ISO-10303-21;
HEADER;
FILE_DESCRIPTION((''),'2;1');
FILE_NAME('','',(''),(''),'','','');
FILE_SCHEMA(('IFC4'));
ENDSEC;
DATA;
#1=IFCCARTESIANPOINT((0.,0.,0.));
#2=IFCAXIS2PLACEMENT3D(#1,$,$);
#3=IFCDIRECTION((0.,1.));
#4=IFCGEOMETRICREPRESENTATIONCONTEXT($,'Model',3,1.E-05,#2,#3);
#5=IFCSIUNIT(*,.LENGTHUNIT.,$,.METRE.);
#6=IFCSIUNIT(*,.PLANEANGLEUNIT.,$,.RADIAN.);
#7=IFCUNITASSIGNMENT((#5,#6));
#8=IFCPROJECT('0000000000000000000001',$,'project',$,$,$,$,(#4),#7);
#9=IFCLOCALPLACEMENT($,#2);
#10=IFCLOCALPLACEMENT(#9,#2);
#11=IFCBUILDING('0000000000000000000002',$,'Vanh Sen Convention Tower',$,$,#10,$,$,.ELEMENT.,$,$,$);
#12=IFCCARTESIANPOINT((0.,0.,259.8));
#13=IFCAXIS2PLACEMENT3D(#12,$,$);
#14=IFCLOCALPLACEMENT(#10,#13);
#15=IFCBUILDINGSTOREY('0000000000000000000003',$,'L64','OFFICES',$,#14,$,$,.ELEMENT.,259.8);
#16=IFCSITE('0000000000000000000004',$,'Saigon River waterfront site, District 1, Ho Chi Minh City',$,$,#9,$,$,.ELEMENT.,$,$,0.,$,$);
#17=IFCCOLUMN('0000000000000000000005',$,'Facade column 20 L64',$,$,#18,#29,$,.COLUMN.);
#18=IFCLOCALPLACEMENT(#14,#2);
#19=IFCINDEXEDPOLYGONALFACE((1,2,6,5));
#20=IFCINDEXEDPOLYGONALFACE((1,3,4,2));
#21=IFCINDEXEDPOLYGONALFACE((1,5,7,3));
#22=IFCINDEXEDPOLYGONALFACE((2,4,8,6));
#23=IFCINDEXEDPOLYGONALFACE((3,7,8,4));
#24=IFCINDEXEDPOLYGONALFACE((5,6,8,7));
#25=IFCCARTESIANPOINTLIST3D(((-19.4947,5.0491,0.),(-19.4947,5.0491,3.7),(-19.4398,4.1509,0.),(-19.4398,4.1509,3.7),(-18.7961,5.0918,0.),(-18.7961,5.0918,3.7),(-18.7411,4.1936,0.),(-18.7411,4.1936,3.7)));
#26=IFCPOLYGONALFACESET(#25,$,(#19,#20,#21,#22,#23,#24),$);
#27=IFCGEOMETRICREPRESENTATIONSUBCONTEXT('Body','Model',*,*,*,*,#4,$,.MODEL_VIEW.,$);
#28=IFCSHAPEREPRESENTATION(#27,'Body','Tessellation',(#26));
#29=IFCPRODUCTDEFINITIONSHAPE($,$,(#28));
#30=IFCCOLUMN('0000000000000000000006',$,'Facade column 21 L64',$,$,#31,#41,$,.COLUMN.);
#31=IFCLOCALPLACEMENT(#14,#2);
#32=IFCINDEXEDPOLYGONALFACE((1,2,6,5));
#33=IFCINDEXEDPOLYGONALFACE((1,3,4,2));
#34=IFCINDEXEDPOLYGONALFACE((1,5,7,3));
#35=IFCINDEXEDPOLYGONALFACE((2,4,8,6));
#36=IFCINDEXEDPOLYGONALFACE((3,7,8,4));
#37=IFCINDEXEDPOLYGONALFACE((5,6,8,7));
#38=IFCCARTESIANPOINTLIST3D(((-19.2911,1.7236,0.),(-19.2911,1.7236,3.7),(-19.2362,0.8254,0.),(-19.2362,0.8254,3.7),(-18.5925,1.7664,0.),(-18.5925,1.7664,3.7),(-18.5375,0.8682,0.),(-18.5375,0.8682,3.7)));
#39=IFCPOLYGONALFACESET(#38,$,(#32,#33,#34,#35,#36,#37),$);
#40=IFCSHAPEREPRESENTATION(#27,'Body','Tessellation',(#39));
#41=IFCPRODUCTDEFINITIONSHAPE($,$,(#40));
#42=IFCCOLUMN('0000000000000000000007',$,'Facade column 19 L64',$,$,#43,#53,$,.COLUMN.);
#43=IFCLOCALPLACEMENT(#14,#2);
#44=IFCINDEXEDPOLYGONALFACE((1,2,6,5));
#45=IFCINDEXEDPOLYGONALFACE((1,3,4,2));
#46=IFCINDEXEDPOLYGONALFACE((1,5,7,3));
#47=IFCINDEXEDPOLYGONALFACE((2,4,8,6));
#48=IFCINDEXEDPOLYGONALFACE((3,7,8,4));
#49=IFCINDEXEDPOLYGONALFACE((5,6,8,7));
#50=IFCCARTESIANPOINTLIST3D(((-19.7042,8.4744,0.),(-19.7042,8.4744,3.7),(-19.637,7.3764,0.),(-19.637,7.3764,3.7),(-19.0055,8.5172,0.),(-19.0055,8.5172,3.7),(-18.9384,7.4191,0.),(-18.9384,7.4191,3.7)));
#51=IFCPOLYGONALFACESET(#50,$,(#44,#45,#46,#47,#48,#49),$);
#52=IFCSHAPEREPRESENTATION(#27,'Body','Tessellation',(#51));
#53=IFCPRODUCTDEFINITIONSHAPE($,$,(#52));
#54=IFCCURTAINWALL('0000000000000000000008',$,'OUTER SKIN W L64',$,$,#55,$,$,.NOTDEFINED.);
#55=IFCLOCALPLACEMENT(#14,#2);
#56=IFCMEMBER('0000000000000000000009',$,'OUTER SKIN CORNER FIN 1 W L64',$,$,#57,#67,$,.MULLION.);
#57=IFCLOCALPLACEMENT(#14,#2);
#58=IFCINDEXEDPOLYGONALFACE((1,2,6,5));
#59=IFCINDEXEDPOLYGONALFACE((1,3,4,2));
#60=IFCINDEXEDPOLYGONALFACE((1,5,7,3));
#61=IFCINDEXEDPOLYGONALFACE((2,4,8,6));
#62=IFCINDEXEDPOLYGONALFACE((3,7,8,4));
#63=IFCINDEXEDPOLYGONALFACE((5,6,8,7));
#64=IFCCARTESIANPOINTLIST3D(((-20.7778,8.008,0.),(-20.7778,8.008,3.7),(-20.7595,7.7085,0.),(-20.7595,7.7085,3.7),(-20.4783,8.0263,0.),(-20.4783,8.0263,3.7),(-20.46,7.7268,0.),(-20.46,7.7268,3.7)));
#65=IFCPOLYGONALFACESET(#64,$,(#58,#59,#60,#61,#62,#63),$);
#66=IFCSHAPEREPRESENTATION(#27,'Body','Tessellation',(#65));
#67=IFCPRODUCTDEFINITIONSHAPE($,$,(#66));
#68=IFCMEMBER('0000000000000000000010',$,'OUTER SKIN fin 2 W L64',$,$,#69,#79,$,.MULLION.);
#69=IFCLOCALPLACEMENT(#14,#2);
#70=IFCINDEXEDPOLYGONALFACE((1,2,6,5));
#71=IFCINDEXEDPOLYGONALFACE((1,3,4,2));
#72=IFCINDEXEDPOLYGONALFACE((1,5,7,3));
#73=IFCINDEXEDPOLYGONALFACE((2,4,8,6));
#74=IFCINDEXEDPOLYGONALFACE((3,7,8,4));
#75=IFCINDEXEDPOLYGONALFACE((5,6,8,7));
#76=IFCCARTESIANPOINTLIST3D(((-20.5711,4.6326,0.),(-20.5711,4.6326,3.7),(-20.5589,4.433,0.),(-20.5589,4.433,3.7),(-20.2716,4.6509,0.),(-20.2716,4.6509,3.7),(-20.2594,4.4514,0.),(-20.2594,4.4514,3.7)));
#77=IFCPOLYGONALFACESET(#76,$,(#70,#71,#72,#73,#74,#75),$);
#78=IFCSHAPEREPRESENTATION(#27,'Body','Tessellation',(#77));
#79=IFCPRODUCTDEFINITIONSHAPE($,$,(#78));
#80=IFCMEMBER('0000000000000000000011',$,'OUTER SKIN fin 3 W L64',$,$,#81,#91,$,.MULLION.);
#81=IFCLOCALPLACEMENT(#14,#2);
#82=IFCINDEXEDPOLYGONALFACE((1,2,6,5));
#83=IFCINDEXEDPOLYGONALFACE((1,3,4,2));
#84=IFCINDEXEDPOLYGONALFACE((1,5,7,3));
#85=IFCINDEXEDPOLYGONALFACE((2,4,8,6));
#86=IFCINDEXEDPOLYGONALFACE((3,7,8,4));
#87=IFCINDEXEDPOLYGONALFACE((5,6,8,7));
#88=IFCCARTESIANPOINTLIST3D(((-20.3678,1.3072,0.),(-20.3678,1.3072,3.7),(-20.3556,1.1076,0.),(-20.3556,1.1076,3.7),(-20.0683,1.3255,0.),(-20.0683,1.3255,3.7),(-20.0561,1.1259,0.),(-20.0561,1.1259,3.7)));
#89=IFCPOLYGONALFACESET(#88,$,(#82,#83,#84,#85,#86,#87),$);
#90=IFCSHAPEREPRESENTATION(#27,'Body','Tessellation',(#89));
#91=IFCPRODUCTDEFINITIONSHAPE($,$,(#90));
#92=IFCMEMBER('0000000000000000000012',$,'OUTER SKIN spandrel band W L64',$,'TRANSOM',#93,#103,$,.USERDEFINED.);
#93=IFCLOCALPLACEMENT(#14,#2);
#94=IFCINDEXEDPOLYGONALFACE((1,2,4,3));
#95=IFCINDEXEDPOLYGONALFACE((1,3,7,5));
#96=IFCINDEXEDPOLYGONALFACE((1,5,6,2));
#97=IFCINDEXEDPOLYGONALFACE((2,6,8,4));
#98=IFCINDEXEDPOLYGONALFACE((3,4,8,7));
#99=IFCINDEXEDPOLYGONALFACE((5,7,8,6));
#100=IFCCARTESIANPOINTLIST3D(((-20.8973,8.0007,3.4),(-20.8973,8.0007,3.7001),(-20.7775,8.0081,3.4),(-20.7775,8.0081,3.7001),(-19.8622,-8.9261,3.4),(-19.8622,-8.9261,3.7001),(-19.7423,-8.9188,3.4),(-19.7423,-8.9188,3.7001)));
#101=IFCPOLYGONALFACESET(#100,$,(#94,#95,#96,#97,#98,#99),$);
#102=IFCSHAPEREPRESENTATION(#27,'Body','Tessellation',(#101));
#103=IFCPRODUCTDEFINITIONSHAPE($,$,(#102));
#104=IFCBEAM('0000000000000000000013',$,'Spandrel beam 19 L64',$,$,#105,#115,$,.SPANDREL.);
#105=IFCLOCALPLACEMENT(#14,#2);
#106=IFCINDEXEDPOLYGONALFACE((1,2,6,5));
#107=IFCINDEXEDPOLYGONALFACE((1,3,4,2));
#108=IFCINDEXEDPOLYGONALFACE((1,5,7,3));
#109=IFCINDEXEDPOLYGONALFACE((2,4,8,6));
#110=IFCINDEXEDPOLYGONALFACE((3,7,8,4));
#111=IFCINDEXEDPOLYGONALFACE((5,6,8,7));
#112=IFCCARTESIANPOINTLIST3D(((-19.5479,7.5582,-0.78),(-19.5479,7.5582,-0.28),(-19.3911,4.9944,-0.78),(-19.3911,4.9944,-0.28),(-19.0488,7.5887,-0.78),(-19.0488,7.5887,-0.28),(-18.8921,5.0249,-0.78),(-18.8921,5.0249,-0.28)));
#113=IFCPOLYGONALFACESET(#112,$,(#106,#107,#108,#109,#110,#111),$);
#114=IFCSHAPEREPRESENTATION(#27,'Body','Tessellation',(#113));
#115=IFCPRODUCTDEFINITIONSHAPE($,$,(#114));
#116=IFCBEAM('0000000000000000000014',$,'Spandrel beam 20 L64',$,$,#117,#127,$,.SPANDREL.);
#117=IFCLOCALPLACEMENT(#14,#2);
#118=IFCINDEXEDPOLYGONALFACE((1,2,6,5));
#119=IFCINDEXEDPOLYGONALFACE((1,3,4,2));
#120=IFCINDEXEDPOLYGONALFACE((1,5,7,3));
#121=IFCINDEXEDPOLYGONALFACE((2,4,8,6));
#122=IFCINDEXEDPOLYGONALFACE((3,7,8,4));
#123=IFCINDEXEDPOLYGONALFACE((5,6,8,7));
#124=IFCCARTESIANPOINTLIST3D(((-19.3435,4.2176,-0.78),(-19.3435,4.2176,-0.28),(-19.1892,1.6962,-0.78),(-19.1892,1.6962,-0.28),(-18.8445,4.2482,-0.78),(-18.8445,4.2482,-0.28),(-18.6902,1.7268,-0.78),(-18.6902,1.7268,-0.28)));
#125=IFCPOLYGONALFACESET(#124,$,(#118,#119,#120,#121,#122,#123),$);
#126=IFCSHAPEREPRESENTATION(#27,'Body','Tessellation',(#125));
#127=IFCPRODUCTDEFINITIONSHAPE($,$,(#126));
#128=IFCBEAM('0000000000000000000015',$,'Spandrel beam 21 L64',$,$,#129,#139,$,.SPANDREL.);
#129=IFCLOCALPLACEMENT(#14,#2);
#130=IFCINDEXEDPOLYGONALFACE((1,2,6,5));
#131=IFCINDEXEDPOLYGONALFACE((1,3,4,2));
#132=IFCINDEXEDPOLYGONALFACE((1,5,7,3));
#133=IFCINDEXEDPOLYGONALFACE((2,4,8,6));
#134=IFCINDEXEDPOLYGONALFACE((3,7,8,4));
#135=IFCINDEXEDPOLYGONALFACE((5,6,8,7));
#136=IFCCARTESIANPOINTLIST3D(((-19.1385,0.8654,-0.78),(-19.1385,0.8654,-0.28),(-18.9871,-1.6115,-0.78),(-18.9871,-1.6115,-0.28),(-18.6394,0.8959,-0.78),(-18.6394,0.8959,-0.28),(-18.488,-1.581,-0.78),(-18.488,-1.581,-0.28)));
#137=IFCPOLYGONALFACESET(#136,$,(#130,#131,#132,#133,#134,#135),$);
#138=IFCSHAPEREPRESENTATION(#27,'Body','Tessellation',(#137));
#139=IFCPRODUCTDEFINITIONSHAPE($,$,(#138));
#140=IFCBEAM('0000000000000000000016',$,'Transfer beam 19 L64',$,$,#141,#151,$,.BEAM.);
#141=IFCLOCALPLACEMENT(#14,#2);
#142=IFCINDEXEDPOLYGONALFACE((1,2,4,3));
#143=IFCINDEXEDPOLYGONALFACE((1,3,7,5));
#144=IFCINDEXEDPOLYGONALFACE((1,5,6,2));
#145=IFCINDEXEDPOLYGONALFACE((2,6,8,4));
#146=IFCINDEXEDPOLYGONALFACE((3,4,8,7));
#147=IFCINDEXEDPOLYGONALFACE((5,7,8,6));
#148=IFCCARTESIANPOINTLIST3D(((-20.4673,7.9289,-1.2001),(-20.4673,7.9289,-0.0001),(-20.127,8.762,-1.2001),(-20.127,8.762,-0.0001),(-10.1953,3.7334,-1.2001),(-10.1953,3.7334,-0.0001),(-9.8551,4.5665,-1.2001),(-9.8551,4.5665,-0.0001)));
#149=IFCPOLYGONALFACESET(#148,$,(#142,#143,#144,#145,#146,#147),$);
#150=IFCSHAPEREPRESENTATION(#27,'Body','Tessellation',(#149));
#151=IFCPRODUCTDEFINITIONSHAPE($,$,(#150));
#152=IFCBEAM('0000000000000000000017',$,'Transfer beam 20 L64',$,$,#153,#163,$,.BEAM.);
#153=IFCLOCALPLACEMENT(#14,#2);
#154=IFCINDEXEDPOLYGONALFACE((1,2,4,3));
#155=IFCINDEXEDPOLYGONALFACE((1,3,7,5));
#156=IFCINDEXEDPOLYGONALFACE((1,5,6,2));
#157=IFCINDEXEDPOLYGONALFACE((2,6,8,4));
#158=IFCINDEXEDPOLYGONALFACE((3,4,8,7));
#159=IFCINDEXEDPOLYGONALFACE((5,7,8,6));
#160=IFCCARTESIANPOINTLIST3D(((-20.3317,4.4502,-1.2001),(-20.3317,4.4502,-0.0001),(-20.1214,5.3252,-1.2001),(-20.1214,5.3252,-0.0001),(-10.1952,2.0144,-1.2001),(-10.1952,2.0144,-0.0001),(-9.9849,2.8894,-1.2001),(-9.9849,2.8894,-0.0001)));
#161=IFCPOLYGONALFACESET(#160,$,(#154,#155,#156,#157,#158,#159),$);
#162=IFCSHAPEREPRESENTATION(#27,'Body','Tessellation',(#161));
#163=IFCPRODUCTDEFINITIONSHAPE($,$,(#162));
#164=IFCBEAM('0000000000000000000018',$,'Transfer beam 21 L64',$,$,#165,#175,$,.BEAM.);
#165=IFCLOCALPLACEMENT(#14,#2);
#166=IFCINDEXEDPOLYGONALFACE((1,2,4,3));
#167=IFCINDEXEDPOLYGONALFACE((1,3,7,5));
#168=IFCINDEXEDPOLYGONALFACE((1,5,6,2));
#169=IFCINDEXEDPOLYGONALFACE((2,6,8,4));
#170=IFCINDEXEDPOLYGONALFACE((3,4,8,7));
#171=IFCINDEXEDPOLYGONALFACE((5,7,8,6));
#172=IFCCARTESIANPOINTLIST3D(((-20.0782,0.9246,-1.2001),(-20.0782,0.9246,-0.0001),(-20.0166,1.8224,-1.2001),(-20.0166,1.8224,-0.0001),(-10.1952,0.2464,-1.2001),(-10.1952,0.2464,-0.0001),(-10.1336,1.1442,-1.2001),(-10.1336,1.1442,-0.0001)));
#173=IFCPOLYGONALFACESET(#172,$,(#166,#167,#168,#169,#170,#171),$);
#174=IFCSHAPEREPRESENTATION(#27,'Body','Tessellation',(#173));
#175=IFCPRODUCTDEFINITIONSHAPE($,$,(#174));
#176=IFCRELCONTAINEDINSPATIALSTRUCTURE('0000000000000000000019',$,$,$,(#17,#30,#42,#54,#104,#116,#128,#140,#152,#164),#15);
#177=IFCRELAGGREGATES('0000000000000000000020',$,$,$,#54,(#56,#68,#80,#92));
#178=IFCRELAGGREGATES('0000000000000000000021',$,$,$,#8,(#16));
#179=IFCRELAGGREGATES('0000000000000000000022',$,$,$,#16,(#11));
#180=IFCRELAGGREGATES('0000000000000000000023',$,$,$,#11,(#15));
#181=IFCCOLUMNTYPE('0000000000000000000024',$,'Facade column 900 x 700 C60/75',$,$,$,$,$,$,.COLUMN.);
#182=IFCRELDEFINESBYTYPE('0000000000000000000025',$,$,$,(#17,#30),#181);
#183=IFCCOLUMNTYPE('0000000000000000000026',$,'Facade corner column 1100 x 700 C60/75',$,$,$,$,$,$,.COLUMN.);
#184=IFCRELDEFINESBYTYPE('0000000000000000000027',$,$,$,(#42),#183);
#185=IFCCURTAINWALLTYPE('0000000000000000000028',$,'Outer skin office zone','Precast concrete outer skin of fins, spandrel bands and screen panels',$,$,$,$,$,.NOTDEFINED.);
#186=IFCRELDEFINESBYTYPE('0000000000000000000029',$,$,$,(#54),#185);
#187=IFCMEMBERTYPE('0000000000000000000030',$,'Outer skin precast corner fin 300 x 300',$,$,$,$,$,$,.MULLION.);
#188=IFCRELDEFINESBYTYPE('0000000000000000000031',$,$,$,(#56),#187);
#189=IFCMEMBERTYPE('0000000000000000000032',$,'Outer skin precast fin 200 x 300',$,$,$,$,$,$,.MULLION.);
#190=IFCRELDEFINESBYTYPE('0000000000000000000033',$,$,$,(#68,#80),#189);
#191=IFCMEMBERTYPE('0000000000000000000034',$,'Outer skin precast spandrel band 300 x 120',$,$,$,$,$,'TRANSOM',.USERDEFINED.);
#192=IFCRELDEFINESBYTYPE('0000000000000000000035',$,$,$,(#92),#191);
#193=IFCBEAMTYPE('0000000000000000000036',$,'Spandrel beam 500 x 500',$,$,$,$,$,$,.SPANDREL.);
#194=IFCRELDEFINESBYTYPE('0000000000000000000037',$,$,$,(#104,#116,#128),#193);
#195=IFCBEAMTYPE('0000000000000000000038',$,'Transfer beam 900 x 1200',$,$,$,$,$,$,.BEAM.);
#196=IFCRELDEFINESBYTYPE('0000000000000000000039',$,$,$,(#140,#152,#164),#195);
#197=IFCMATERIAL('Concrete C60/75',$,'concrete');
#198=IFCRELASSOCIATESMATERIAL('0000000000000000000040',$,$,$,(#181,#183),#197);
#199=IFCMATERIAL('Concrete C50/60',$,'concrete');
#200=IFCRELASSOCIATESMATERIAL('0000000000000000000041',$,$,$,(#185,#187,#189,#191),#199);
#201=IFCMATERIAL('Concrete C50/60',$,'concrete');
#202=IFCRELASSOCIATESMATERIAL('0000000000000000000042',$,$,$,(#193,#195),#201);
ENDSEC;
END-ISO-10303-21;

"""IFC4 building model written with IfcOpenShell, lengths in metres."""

from ifc_helpers import new_model, si_unit, direction, frame, origin, origin_2d, place, context, subcontext, project, spatial, rectangle, extrude, material, material_profile, profile_set, type_object, element, aggregate, save


model = new_model("IFC4")

# Units and contexts
model_context = context("Model", 3, precision=1e-05, world=origin(), true_north=direction((0.0, 1.0)))
body_context = subcontext(model_context, "Body", "Model", "MODEL_VIEW")
ifc_project = project(units=[si_unit("LENGTHUNIT", "METRE"), si_unit("PLANEANGLEUNIT", "RADIAN")], contexts=[model_context])

# Site, building, storey
site_placement = place(None, origin())
site = spatial("IfcSite", under=ifc_project, at=site_placement, Name="Saigon River waterfront site, District 1, Ho Chi Minh City", CompositionType="ELEMENT", RefElevation=0.0)
building_placement = place(site_placement, origin())
building = spatial("IfcBuilding", under=site, at=building_placement, Name="Vanh Sen Convention Tower", CompositionType="ELEMENT")
storey_placement = place(building_placement, frame((0.0, 0.0, 259.8)))
storey = spatial("IfcBuildingStorey", under=building, at=storey_placement, Name="L64", Description="OFFICES", CompositionType="ELEMENT", Elevation=259.8)

# Columns
ifc_material_1 = material(Name="Concrete C60/75", Category="concrete")
ifc_material_profile_1 = material_profile(ifc_material_1, rectangle(XDim=0.8999, YDim=0.7, at=origin_2d()), Name="RC 900X700")
ifc_profile_set_1 = profile_set([ifc_material_profile_1], Name="Concrete C60/75")
column_type_1 = type_object("IfcColumnType", Name="Facade column 900 x 700 C60/75", PredefinedType="COLUMN", material=ifc_profile_set_1)
for number, where, z_axis, x_axis, name in (
    (1, (-19.1179, 4.6213, 0.0), (0.0, 0.0, 1.0), (0.061049, -0.998135, 0.0), "Facade column 20 L64"),
    (2, (-18.9143, 1.2959, 0.0), (0.0, 0.0, 1.0), (0.061049, -0.998135, 0.0), "Facade column 21 L64"),
):
    element("IfcColumn", number, at=place(storey_placement, frame(where, z_axis=z_axis, x_axis=x_axis)), inside=storey, type_object=column_type_1, Name=name, PredefinedType="COLUMN", context=body_context, shape_type="SweptSolid", body=[
        extrude(rectangle(XDim=0.8999, YDim=0.7, at=origin_2d()), origin(), (0.0, 0.0, 1.0), 3.7),
    ])
ifc_material_profile_2 = material_profile(ifc_material_1, rectangle(XDim=1.1001, YDim=0.7, at=origin_2d()), Name="RC 1100X700")
ifc_profile_set_2 = profile_set([ifc_material_profile_2], Name="Concrete C60/75")
column_type_2 = type_object("IfcColumnType", Name="Facade corner column 1100 x 700 C60/75", PredefinedType="COLUMN", material=ifc_profile_set_2)
column_placement = place(storey_placement, frame((-19.3213, 7.9468, 0.0), z_axis=(0.0, 0.0, 1.0), x_axis=(0.061049, -0.998135, 0.0)))
element("IfcColumn", 3, at=column_placement, inside=storey, type_object=column_type_2, Name="Facade column 19 L64", PredefinedType="COLUMN", context=body_context, shape_type="SweptSolid", body=[
    extrude(rectangle(XDim=1.1001, YDim=0.7, at=origin_2d()), origin(), (0.0, 0.0, 1.0), 3.7),
])

# Curtain wall, members
ifc_material_2 = material(Name="Concrete C50/60", Category="concrete")
curtain_wall_type = type_object("IfcCurtainWallType", Name="Outer skin office zone", Description="Precast concrete outer skin of fins, spandrel bands and screen panels", PredefinedType="NOTDEFINED", material=ifc_material_2)
curtain_wall_placement = place(storey_placement, origin())
curtain_wall = element("IfcCurtainWall", 4, at=curtain_wall_placement, inside=storey, type_object=curtain_wall_type, Name="OUTER SKIN W L64", PredefinedType="NOTDEFINED")
ifc_material_profile_3 = material_profile(ifc_material_2, rectangle(XDim=0.3, YDim=0.3, at=origin_2d()), Name="Outer skin precast corner fin 300 x 300")
ifc_profile_set_3 = profile_set([ifc_material_profile_3], Name="Concrete C50/60")
member_type_1 = type_object("IfcMemberType", Name="Outer skin precast corner fin 300 x 300", PredefinedType="MULLION", material=ifc_profile_set_3)
member_1_placement = place(storey_placement, frame((-20.6189, 7.8674, 0.0), z_axis=(0.0, 0.0, 1.0), x_axis=(0.061049, -0.998135, 0.0)))
member_1 = element("IfcMember", 5, at=member_1_placement, type_object=member_type_1, Name="OUTER SKIN CORNER FIN 1 W L64", PredefinedType="MULLION", context=body_context, shape_type="SweptSolid", body=[
    extrude(rectangle(XDim=0.3, YDim=0.3, at=origin_2d()), origin(), (0.0, 0.0, 1.0), 3.7),
])
ifc_material_profile_4 = material_profile(ifc_material_2, rectangle(XDim=0.2, YDim=0.3, at=origin_2d()), Name="Outer skin precast fin 200 x 300")
ifc_profile_set_4 = profile_set([ifc_material_profile_4], Name="Concrete C50/60")
member_type_2 = type_object("IfcMemberType", Name="Outer skin precast fin 200 x 300", PredefinedType="MULLION", material=ifc_profile_set_4)
member_2_placement = place(storey_placement, frame((-20.4153, 4.542, 0.0), z_axis=(0.0, 0.0, 1.0), x_axis=(0.061049, -0.998135, 0.0)))
member_2 = element("IfcMember", 6, at=member_2_placement, type_object=member_type_2, Name="OUTER SKIN fin 2 W L64", PredefinedType="MULLION", context=body_context, shape_type="SweptSolid", body=[
    extrude(rectangle(XDim=0.2, YDim=0.3, at=origin_2d()), origin(), (0.0, 0.0, 1.0), 3.7),
])
member_3_placement = place(storey_placement, frame((-20.2119, 1.2166, 0.0), z_axis=(0.0, 0.0, 1.0), x_axis=(0.061049, -0.998135, 0.0)))
member_3 = element("IfcMember", 7, at=member_3_placement, type_object=member_type_2, Name="OUTER SKIN fin 3 W L64", PredefinedType="MULLION", context=body_context, shape_type="SweptSolid", body=[
    extrude(rectangle(XDim=0.2, YDim=0.3, at=origin_2d()), origin(), (0.0, 0.0, 1.0), 3.7),
])
ifc_material_profile_5 = material_profile(ifc_material_2, rectangle(XDim=0.1201, YDim=0.3, at=origin_2d()), Name="Outer skin precast spandrel band 300 x 120")
ifc_profile_set_5 = profile_set([ifc_material_profile_5], Name="Concrete C50/60")
member_type_3 = type_object("IfcMemberType", Name="Outer skin precast spandrel band 300 x 120", ElementType="TRANSOM", PredefinedType="USERDEFINED", material=ifc_profile_set_5)
member_4_placement = place(storey_placement, frame((-20.8374, 8.0044, 3.55), z_axis=(0.061041, -0.998135, 0.0), x_axis=(0.998135, 0.061041, 0.0)))
member_4 = element("IfcMember", 8, at=member_4_placement, type_object=member_type_3, Name="OUTER SKIN spandrel band W L64", ObjectType="TRANSOM", PredefinedType="USERDEFINED", context=body_context, shape_type="SweptSolid", body=[
    extrude(rectangle(XDim=0.1201, YDim=0.3, at=origin_2d()), origin(), (0.0, 0.0, 1.0), 16.9585),
])

# Beams
ifc_material_3 = material(Name="Concrete C50/60", Category="concrete")
ifc_material_profile_6 = material_profile(ifc_material_3, rectangle(XDim=0.5, YDim=0.5, at=origin_2d()), Name="RC 500X500")
ifc_profile_set_6 = profile_set([ifc_material_profile_6], Name="Concrete C50/60")
beam_type_1 = type_object("IfcBeamType", Name="Spandrel beam 500 x 500", PredefinedType="SPANDREL", material=ifc_profile_set_6)
beam_1_placement = place(storey_placement, frame((-19.2983, 7.5735, -0.53), z_axis=(0.061023, -0.998136, 0.0), x_axis=(0.998136, 0.061023, 0.0)))
element("IfcBeam", 9, at=beam_1_placement, inside=storey, type_object=beam_type_1, Name="Spandrel beam 19 L64", PredefinedType="SPANDREL", context=body_context, shape_type="SweptSolid", body=[
    extrude(rectangle(XDim=0.5, YDim=0.5, at=origin_2d()), origin(), (0.0, 0.0, 1.0), 2.5686),
])
beam_2_placement = place(storey_placement, frame((-19.094, 4.2329, -0.53), z_axis=(0.061079, -0.998133, 0.0), x_axis=(0.998133, 0.061079, 0.0)))
element("IfcBeam", 10, at=beam_2_placement, inside=storey, type_object=beam_type_1, Name="Spandrel beam 20 L64", PredefinedType="SPANDREL", context=body_context, shape_type="SweptSolid", body=[
    extrude(rectangle(XDim=0.5, YDim=0.5, at=origin_2d()), origin(), (0.0, 0.0, 1.0), 2.5261),
])
beam_3_placement = place(storey_placement, frame((-18.8889, 0.8806, -0.53), z_axis=(0.061, -0.998138, 0.0), x_axis=(0.998138, 0.061, 0.0)))
element("IfcBeam", 11, at=beam_3_placement, inside=storey, type_object=beam_type_1, Name="Spandrel beam 21 L64", PredefinedType="SPANDREL", context=body_context, shape_type="SweptSolid", body=[
    extrude(rectangle(XDim=0.5, YDim=0.5, at=origin_2d()), origin(), (0.0, 0.0, 1.0), 2.4814),
])
ifc_material_profile_7 = material_profile(ifc_material_3, rectangle(XDim=0.8999, YDim=1.2, at=origin_2d()), Name="RC 900X1200")
ifc_profile_set_7 = profile_set([ifc_material_profile_7], Name="Concrete C50/60")
beam_type_2 = type_object("IfcBeamType", Name="Transfer beam 900 x 1200", PredefinedType="BEAM", material=ifc_profile_set_7)
beam_4_placement = place(storey_placement, frame((-20.2971, 8.3455, -0.6001), z_axis=(0.925756, -0.378122, 0.0), x_axis=(0.378122, 0.925756, 0.0)))
element("IfcBeam", 12, at=beam_4_placement, inside=storey, type_object=beam_type_2, Name="Transfer beam 19 L64", PredefinedType="BEAM", context=body_context, shape_type="SweptSolid", body=[
    extrude(rectangle(XDim=0.8999, YDim=1.2, at=origin_2d()), origin(), (0.0, 0.0, 1.0), 11.0957),
])
beam_5_placement = place(storey_placement, frame((-20.2266, 4.8877, -0.6001), z_axis=(0.972321, -0.233648, 0.0), x_axis=(0.233648, 0.972321, 0.0)))
element("IfcBeam", 13, at=beam_5_placement, inside=storey, type_object=beam_type_2, Name="Transfer beam 20 L64", PredefinedType="BEAM", context=body_context, shape_type="SweptSolid", body=[
    extrude(rectangle(XDim=0.8999, YDim=1.2, at=origin_2d()), origin(), (0.0, 0.0, 1.0), 10.425),
])
beam_6_placement = place(storey_placement, frame((-20.0474, 1.3735, -0.6001), z_axis=(0.997654, -0.068464, 0.0), x_axis=(0.068464, 0.997654, 0.0)))
element("IfcBeam", 14, at=beam_6_placement, inside=storey, type_object=beam_type_2, Name="Transfer beam 21 L64", PredefinedType="BEAM", context=body_context, shape_type="SweptSolid", body=[
    extrude(rectangle(XDim=0.8999, YDim=1.2, at=origin_2d()), origin(), (0.0, 0.0, 1.0), 9.9062),
])

aggregate(curtain_wall, [member_1, member_2, member_3, member_4])

save(model, "model.ifc")
